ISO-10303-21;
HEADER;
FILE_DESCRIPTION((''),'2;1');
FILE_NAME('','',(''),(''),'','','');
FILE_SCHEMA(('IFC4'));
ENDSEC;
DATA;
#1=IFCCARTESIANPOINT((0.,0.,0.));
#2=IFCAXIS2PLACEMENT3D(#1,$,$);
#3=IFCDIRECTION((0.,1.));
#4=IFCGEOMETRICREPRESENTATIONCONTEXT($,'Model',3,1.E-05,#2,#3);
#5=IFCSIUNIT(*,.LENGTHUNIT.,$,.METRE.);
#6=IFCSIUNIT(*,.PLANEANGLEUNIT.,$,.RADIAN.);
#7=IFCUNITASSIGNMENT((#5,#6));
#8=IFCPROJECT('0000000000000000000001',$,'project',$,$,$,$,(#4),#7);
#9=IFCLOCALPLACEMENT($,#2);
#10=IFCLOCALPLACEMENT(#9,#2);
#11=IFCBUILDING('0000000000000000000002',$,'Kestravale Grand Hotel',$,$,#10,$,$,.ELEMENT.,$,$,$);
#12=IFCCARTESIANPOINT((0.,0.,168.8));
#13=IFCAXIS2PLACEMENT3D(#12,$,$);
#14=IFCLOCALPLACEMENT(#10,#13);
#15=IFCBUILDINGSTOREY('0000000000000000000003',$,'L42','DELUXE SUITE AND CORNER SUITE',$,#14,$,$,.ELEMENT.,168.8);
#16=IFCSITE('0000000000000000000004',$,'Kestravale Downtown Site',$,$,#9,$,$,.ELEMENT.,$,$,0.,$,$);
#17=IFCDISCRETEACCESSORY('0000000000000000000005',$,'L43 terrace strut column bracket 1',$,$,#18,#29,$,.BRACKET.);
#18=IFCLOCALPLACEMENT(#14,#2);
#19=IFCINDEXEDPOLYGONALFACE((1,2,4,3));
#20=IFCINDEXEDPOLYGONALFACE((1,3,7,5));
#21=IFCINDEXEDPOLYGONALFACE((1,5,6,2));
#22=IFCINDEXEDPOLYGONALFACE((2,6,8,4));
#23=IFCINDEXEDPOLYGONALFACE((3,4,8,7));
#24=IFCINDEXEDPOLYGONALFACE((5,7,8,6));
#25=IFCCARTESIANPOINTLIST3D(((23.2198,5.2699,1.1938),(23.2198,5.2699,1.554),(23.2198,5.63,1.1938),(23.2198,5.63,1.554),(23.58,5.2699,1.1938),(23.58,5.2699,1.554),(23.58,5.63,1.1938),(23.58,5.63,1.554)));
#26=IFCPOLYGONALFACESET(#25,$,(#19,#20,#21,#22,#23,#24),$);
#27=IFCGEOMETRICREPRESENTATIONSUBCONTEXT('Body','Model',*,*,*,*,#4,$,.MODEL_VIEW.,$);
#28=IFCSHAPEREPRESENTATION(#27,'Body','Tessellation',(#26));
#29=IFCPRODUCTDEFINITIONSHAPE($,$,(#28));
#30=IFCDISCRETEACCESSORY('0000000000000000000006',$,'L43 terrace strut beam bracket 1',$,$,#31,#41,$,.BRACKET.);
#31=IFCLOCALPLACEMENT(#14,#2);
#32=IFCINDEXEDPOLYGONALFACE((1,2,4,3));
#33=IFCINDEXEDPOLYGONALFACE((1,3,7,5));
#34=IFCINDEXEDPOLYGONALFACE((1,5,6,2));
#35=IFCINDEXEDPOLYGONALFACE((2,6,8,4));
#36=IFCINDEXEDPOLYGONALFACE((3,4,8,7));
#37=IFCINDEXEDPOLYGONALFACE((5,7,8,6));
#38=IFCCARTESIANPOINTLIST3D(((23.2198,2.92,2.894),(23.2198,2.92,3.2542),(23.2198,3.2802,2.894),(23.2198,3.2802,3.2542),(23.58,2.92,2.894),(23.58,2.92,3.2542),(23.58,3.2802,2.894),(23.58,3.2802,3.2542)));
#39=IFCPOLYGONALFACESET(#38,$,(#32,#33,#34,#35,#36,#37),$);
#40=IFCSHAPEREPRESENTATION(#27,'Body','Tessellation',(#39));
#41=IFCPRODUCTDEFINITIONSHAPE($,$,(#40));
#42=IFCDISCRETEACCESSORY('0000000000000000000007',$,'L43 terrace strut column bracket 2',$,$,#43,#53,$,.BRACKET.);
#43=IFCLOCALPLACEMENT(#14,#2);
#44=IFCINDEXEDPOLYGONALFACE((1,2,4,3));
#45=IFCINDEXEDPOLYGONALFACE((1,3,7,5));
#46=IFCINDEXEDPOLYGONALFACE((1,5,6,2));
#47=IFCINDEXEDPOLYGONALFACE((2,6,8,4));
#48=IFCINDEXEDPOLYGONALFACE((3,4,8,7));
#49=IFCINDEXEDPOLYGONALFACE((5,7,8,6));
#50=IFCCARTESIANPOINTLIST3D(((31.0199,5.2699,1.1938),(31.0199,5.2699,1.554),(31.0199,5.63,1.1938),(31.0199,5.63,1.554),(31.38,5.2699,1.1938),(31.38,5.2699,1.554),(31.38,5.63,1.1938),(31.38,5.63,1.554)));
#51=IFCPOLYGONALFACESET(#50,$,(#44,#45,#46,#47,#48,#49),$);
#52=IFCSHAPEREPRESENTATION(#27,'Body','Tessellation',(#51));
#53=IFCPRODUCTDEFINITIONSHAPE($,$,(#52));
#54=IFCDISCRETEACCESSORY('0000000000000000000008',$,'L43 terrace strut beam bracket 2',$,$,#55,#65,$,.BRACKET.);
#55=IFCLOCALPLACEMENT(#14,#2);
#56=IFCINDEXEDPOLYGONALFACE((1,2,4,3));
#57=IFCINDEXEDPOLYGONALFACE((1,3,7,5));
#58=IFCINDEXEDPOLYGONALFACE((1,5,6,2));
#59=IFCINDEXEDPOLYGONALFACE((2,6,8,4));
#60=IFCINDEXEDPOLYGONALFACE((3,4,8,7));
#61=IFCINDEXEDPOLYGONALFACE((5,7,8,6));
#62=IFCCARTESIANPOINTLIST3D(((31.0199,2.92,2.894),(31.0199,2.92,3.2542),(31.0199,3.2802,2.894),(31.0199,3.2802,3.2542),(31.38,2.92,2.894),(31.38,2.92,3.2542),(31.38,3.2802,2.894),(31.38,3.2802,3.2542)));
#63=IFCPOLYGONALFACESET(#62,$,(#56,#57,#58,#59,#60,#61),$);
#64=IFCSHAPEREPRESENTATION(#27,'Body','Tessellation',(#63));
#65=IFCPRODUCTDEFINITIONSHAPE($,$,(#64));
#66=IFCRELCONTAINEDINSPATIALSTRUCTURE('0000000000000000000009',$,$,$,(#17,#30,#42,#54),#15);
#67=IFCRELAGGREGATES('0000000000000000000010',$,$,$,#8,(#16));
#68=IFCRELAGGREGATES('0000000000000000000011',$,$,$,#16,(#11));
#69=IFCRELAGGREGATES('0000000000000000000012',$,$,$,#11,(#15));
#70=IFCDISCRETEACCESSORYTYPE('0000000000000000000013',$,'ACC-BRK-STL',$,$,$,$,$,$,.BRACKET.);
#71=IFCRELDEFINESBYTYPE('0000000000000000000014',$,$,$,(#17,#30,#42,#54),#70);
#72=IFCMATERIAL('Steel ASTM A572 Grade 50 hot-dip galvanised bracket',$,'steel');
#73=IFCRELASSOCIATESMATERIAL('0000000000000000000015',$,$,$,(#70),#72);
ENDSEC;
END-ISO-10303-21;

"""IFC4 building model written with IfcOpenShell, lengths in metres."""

from ifc_helpers import new_model, si_unit, direction, frame, origin, origin_2d, place, context, subcontext, project, spatial, rectangle, extrude, material, type_object, element, save


model = new_model("IFC4")

# Units and contexts
model_context = context("Model", 3, precision=1e-05, world=origin(), true_north=direction((0.0, 1.0)))
body_context = subcontext(model_context, "Body", "Model", "MODEL_VIEW")
ifc_project = project(units=[si_unit("LENGTHUNIT", "METRE"), si_unit("PLANEANGLEUNIT", "RADIAN")], contexts=[model_context])

# Site, building, storey
site_placement = place(None, origin())
site = spatial("IfcSite", under=ifc_project, at=site_placement, Name="Kestravale Downtown Site", CompositionType="ELEMENT", RefElevation=0.0)
building_placement = place(site_placement, origin())
building = spatial("IfcBuilding", under=site, at=building_placement, Name="Kestravale Grand Hotel", CompositionType="ELEMENT")
storey_placement = place(building_placement, frame((0.0, 0.0, 168.8)))
storey = spatial("IfcBuildingStorey", under=building, at=storey_placement, Name="L42", Description="DELUXE SUITE AND CORNER SUITE", CompositionType="ELEMENT", Elevation=168.8)

# Discrete accessories
ifc_material_1 = material(Name="Steel ASTM A572 Grade 50 hot-dip galvanised bracket", Category="steel")
discrete_accessory_type = type_object("IfcDiscreteAccessoryType", Name="ACC-BRK-STL", PredefinedType="BRACKET", material=ifc_material_1)
for number, where, z_axis, x_axis, name in (
    (1, (23.3999, 5.45, 1.1938), (0.0, 0.0, 1.0), (1.0, 0.0, 0.0), "L43 terrace strut column bracket 1"),
    (2, (23.3999, 3.1001, 2.894), (0.0, 0.0, 1.0), (1.0, 0.0, 0.0), "L43 terrace strut beam bracket 1"),
    (3, (31.2, 5.45, 1.1938), (0.0, 0.0, 1.0), (1.0, 0.0, 0.0), "L43 terrace strut column bracket 2"),
    (4, (31.2, 3.1001, 2.894), (0.0, 0.0, 1.0), (1.0, 0.0, 0.0), "L43 terrace strut beam bracket 2"),
):
    element("IfcDiscreteAccessory", number, at=place(storey_placement, frame(where, z_axis=z_axis, x_axis=x_axis)), inside=storey, type_object=discrete_accessory_type, Name=name, PredefinedType="BRACKET", context=body_context, shape_type="SweptSolid", body=[
        extrude(rectangle(XDim=0.3601, YDim=0.3601, at=origin_2d()), origin(), (0.0, 0.0, 1.0), 0.3601),
    ])

save(model, "model.ifc")
